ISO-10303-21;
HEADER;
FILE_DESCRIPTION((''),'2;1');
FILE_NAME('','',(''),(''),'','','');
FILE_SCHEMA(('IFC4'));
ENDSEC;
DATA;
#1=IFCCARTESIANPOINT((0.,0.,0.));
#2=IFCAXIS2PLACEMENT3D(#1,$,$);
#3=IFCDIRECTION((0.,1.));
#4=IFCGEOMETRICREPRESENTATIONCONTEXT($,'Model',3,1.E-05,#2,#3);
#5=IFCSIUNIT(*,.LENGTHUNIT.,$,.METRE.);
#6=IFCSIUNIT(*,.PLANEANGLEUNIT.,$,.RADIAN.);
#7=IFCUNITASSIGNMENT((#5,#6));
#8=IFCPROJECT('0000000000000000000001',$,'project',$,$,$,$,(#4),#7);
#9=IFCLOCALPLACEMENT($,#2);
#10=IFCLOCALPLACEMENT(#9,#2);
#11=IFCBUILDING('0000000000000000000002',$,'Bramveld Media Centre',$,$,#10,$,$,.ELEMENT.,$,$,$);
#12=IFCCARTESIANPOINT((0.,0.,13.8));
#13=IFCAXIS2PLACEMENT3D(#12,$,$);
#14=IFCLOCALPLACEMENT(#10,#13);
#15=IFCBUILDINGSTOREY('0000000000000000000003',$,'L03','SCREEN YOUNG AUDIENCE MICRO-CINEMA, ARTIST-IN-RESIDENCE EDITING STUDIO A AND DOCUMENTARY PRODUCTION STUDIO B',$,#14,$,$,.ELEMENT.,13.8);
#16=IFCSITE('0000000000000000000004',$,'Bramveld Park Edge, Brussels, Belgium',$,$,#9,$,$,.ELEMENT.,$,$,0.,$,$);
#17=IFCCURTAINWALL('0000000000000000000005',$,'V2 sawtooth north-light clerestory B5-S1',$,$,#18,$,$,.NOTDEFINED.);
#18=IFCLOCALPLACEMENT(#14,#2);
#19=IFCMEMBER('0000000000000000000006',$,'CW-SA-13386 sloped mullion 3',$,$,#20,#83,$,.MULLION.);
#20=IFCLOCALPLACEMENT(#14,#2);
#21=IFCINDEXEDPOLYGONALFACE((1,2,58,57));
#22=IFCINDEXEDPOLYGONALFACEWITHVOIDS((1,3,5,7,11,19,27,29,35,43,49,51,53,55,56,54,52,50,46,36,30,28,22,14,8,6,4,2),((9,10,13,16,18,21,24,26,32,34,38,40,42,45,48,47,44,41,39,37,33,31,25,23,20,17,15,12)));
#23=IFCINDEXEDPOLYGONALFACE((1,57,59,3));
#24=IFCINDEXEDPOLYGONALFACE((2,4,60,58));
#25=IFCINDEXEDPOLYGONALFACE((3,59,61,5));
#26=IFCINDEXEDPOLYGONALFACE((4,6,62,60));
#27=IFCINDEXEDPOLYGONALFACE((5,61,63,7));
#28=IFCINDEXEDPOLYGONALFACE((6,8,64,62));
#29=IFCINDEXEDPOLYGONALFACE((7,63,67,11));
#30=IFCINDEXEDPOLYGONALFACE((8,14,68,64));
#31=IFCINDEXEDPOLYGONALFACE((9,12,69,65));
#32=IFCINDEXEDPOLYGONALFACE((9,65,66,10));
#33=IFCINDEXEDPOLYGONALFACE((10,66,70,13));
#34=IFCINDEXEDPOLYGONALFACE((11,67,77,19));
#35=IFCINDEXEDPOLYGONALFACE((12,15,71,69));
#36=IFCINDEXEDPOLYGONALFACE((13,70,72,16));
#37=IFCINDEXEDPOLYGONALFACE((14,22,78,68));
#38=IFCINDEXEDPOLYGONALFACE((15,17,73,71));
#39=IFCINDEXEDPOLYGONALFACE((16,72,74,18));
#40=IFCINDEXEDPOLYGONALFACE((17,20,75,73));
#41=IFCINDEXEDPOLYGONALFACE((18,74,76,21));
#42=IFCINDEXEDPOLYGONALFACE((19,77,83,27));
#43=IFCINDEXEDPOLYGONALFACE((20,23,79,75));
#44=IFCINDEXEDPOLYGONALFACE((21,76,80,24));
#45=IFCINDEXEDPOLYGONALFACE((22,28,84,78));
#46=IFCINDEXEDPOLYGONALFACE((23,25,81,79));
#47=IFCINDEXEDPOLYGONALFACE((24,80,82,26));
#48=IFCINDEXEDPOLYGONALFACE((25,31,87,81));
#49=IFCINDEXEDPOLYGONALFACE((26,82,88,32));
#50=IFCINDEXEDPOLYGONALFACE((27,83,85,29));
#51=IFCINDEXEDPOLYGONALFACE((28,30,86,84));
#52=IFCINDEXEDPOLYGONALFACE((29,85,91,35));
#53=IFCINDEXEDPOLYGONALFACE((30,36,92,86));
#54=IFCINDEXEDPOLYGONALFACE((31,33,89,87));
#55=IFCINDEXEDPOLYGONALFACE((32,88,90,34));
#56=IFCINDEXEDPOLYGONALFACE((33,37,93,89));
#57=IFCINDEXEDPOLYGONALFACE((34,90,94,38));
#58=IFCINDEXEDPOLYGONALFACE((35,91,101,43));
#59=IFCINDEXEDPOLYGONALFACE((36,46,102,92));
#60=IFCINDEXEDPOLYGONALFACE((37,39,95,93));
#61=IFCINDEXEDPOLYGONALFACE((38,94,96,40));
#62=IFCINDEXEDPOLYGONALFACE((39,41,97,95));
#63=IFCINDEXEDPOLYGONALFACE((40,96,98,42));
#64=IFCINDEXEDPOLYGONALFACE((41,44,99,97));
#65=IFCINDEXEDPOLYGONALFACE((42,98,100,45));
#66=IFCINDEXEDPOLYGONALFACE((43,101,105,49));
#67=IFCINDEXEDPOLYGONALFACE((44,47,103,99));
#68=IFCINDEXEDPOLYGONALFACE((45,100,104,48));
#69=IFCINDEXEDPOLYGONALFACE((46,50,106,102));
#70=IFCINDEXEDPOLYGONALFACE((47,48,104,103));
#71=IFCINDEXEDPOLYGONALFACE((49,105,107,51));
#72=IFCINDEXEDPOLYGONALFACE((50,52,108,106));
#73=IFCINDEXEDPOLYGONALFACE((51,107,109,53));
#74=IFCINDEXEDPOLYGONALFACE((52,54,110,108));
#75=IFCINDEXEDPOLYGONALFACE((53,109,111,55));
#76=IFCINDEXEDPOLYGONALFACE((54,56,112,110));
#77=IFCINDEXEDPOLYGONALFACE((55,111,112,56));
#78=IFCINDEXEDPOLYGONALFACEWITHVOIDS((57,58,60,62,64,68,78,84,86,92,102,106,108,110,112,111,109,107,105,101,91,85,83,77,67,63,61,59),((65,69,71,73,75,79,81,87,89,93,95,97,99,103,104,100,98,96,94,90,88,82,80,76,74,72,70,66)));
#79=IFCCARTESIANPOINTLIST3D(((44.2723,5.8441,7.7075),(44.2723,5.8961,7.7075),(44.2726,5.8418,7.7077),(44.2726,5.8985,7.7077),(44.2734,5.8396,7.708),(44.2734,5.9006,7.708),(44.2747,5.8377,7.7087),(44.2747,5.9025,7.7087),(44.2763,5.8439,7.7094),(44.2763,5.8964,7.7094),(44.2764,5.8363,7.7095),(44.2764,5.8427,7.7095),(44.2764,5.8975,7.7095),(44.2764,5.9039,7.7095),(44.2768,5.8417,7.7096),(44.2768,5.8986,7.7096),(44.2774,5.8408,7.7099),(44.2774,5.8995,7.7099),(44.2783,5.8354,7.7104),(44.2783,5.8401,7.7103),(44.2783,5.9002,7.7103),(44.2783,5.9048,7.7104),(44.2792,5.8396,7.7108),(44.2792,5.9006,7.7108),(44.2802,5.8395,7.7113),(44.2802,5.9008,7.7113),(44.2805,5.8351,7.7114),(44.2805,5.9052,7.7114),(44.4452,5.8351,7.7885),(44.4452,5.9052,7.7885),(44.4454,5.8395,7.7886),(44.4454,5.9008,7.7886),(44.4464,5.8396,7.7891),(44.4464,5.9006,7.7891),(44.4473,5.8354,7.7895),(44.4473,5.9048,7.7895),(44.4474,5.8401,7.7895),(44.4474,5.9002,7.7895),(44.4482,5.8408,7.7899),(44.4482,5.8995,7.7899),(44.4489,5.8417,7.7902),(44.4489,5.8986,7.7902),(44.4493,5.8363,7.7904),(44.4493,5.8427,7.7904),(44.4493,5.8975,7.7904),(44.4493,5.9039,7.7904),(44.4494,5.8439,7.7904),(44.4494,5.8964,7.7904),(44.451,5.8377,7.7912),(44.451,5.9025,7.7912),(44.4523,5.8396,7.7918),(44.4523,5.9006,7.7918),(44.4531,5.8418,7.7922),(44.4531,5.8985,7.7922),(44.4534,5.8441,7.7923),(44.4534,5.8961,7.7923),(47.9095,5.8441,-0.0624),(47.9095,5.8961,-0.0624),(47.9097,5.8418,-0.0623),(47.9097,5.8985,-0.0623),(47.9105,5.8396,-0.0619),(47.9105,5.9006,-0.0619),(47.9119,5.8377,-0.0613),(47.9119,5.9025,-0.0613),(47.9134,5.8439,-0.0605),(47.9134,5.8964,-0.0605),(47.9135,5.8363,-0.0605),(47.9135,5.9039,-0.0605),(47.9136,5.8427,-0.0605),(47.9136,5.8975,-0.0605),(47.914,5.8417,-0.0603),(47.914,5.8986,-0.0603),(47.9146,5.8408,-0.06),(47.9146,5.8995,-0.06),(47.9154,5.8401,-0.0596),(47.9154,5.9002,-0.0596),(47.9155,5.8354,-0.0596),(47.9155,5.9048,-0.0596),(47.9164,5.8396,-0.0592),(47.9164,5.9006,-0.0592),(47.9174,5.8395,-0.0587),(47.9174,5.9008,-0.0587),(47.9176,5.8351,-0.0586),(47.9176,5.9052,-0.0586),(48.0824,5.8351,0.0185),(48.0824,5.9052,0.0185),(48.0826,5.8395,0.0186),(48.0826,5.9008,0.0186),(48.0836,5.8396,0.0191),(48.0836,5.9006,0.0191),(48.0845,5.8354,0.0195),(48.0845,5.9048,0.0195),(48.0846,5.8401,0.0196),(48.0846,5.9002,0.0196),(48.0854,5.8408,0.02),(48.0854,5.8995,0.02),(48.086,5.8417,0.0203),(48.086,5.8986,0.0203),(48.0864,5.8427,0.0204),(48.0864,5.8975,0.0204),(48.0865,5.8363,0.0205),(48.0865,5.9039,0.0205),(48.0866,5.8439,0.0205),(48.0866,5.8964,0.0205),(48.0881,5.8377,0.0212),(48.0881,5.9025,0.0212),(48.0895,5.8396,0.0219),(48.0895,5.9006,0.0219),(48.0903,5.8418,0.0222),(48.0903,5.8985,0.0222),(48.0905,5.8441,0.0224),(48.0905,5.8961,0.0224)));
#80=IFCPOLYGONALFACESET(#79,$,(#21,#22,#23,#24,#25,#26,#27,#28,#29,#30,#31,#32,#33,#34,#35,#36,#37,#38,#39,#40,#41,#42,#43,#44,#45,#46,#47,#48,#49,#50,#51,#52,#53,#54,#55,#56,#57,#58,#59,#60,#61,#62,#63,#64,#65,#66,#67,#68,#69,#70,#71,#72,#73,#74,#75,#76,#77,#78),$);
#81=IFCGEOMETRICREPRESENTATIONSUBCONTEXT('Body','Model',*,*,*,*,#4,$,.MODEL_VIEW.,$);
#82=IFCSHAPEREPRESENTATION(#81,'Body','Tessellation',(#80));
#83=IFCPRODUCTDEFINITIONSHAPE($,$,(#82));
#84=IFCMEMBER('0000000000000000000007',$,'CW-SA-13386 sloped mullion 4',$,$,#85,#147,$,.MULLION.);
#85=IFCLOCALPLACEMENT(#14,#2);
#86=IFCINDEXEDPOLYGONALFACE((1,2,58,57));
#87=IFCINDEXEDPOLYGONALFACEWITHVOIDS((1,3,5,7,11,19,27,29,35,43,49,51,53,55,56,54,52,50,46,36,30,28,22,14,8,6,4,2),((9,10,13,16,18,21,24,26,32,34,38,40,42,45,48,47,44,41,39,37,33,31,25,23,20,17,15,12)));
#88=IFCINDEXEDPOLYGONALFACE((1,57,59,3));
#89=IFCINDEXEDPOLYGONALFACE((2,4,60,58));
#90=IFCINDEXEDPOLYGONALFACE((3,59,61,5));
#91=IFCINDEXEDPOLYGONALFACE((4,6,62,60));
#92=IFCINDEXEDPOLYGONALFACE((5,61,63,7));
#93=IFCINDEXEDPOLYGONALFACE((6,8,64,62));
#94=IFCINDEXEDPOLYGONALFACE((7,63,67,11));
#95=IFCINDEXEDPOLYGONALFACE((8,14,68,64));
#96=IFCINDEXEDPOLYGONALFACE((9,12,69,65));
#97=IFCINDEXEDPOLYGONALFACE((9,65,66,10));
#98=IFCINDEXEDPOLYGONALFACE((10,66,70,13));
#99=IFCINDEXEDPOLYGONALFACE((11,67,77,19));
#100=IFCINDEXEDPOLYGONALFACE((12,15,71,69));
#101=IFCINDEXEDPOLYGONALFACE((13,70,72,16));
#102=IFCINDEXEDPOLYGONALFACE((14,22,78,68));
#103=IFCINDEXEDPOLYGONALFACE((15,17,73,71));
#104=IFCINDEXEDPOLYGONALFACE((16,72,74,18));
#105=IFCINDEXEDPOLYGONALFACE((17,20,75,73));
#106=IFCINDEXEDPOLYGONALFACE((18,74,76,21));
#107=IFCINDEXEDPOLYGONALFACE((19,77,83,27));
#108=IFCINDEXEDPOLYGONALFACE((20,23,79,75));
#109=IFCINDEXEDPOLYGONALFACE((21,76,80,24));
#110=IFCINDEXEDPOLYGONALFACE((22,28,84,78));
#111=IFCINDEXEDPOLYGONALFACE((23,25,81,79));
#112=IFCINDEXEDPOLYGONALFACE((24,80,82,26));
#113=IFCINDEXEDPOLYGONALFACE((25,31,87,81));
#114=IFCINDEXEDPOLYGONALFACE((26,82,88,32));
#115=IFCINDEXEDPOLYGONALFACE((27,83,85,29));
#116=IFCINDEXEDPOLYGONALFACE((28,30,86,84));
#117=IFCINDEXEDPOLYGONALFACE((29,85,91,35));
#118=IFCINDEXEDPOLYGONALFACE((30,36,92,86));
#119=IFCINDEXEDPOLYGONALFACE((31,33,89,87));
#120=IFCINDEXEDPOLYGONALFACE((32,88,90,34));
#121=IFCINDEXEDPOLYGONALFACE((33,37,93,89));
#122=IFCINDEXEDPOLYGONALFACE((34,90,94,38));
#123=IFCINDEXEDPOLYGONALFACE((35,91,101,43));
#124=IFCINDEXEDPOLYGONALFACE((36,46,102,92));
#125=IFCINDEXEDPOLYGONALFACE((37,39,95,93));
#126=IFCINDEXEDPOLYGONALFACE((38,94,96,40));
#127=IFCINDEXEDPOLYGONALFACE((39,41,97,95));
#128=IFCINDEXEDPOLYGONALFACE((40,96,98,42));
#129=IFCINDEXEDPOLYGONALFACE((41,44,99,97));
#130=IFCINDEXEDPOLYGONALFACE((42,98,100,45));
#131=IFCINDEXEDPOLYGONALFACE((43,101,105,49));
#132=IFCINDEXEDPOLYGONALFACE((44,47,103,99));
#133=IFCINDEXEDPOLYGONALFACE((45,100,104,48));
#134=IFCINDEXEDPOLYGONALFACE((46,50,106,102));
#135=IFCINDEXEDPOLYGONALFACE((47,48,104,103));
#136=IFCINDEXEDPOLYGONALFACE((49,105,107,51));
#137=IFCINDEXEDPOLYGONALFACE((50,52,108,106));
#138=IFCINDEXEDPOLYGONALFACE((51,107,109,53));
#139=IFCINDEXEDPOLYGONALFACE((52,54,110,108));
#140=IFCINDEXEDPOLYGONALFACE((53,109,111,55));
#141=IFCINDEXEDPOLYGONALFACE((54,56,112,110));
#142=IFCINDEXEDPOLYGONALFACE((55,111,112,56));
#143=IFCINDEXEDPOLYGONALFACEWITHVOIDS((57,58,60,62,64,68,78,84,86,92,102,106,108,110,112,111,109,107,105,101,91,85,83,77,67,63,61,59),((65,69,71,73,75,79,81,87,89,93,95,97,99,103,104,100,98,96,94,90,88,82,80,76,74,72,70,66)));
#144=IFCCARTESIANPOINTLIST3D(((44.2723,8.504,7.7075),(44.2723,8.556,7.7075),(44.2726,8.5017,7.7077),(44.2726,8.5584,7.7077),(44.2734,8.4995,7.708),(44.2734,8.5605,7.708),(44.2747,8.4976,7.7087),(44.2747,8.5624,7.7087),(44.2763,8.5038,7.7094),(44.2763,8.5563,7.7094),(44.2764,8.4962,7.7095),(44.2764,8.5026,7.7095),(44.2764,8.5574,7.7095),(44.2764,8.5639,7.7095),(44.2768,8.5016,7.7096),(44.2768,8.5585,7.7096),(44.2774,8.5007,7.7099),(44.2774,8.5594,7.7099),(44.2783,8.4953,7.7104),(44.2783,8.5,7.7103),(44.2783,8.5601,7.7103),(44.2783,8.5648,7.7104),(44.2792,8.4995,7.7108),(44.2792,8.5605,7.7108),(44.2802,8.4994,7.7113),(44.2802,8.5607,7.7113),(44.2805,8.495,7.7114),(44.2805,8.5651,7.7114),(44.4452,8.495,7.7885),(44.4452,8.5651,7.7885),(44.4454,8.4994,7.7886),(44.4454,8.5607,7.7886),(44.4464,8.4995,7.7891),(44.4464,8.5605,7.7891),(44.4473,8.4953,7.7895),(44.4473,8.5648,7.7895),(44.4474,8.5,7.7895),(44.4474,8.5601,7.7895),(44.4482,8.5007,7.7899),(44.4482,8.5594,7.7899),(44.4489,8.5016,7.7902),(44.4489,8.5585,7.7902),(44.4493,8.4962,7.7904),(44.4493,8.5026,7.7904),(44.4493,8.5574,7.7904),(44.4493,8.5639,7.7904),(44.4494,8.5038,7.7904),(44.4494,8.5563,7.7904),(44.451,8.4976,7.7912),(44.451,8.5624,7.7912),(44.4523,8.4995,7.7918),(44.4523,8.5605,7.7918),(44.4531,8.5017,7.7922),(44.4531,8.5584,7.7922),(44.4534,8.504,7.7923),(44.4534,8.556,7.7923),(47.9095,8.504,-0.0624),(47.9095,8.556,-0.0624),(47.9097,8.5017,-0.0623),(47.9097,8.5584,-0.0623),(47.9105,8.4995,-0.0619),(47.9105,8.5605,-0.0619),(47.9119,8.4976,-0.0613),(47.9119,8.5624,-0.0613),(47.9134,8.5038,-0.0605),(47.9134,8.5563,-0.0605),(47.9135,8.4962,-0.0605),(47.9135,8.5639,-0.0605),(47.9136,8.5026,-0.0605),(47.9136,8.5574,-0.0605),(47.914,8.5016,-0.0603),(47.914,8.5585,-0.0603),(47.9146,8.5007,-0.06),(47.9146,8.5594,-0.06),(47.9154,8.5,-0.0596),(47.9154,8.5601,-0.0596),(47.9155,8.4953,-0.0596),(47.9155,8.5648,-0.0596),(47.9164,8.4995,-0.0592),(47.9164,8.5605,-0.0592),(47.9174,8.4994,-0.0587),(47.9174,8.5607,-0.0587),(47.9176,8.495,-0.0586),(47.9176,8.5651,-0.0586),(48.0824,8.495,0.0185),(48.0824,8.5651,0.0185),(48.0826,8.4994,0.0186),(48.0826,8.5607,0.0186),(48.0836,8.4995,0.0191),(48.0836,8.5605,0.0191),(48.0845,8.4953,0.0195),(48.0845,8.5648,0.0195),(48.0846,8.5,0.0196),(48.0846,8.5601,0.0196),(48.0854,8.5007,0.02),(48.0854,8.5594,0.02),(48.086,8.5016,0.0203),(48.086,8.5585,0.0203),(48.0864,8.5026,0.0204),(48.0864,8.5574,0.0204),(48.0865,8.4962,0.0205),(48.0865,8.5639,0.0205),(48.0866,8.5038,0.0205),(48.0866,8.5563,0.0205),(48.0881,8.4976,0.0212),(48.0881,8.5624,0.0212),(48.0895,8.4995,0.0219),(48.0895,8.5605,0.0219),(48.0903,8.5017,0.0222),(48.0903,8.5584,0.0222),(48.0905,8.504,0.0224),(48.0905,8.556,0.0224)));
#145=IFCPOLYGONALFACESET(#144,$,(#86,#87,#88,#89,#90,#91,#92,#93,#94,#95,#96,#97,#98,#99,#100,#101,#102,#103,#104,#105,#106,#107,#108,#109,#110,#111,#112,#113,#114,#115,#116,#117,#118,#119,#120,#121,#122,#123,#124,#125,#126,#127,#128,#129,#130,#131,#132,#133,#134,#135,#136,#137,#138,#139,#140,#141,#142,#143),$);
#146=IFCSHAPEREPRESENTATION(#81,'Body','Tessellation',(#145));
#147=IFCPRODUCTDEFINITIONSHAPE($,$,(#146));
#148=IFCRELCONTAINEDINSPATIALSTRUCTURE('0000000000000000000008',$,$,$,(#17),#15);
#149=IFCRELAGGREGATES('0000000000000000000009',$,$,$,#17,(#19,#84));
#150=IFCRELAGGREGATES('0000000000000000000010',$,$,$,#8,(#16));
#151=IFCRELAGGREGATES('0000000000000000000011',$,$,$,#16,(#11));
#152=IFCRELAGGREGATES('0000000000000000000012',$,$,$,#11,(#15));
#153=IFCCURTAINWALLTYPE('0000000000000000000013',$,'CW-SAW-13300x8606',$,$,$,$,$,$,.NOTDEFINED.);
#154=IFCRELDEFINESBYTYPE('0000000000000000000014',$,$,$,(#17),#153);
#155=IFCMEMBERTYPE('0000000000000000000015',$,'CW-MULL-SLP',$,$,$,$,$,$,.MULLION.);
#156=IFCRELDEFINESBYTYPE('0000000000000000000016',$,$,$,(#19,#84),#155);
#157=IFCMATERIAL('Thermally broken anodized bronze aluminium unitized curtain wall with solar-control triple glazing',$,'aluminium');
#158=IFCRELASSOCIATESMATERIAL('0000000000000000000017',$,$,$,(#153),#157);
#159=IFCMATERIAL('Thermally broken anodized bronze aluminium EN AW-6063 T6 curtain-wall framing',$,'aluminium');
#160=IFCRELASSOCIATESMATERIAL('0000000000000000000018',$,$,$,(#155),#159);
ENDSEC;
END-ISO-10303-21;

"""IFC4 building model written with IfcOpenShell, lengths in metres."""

from ifc_helpers import new_model, si_unit, direction, frame, origin, origin_2d, place, context, subcontext, project, spatial, hollow_rectangle, extrude, material, material_profile, profile_set, type_object, element, aggregate, save


model = new_model("IFC4")

# Units and contexts
model_context = context("Model", 3, precision=1e-05, world=origin(), true_north=direction((0.0, 1.0)))
body_context = subcontext(model_context, "Body", "Model", "MODEL_VIEW")
ifc_project = project(units=[si_unit("LENGTHUNIT", "METRE"), si_unit("PLANEANGLEUNIT", "RADIAN")], contexts=[model_context])

# Site, building, storey
site_placement = place(None, origin())
site = spatial("IfcSite", under=ifc_project, at=site_placement, Name="Bramveld Park Edge, Brussels, Belgium", CompositionType="ELEMENT", RefElevation=0.0)
building_placement = place(site_placement, origin())
building = spatial("IfcBuilding", under=site, at=building_placement, Name="Bramveld Media Centre", CompositionType="ELEMENT")
storey_placement = place(building_placement, frame((0.0, 0.0, 13.8)))
storey = spatial("IfcBuildingStorey", under=building, at=storey_placement, Name="L03", Description="SCREEN YOUNG AUDIENCE MICRO-CINEMA, ARTIST-IN-RESIDENCE EDITING STUDIO A AND DOCUMENTARY PRODUCTION STUDIO B", CompositionType="ELEMENT", Elevation=13.8)

# Curtain wall, members
ifc_material_1 = material(Name="Thermally broken anodized bronze aluminium unitized curtain wall with solar-control triple glazing", Category="aluminium")
curtain_wall_type = type_object("IfcCurtainWallType", Name="CW-SAW-13300x8606", PredefinedType="NOTDEFINED", material=ifc_material_1)
curtain_wall_placement = place(storey_placement, origin())
curtain_wall = element("IfcCurtainWall", 1, at=curtain_wall_placement, inside=storey, type_object=curtain_wall_type, Name="V2 sawtooth north-light clerestory B5-S1", PredefinedType="NOTDEFINED")
ifc_material_2 = material(Name="Thermally broken anodized bronze aluminium EN AW-6063 T6 curtain-wall framing", Category="aluminium")
ifc_material_profile_1 = material_profile(ifc_material_2, hollow_rectangle(XDim=0.0701, YDim=0.2, WallThickness=0.0044, InnerFilletRadius=0.0044, OuterFilletRadius=0.009, at=origin_2d()), Name="AL-MULL 70x200")
ifc_profile_set_1 = profile_set([ifc_material_profile_1], Name="Thermally broken anodized bronze aluminium EN AW-6063 T6 curtain-wall framing")
member_type_1 = type_object("IfcMemberType", Name="CW-MULL-SLP", PredefinedType="MULLION", material=ifc_profile_set_1)
member_1_placement = place(storey_placement, frame((48.0, 5.8701, -0.02), z_axis=(-0.423957, 0.0, 0.905682), x_axis=(0.0, -1.0, 0.0)))
member_1 = element("IfcMember", 2, at=member_1_placement, type_object=member_type_1, Name="CW-SA-13386 sloped mullion 3", PredefinedType="MULLION", context=body_context, shape_type="SweptSolid", body=[
    extrude(hollow_rectangle(XDim=0.0701, YDim=0.2, WallThickness=0.0044, InnerFilletRadius=0.0044, OuterFilletRadius=0.009, at=origin_2d()), origin(), (0.0, 0.0, 1.0), 8.5791),
])
member_2_placement = place(storey_placement, frame((48.0, 8.53, -0.02), z_axis=(-0.423957, 0.0, 0.905682), x_axis=(0.0, -1.0, 0.0)))
member_2 = element("IfcMember", 3, at=member_2_placement, type_object=member_type_1, Name="CW-SA-13386 sloped mullion 4", PredefinedType="MULLION", context=body_context, shape_type="SweptSolid", body=[
    extrude(hollow_rectangle(XDim=0.0701, YDim=0.2, WallThickness=0.0044, InnerFilletRadius=0.0044, OuterFilletRadius=0.009, at=origin_2d()), origin(), (0.0, 0.0, 1.0), 8.5791),
])
aggregate(curtain_wall, [member_1, member_2])

save(model, "model.ifc")
